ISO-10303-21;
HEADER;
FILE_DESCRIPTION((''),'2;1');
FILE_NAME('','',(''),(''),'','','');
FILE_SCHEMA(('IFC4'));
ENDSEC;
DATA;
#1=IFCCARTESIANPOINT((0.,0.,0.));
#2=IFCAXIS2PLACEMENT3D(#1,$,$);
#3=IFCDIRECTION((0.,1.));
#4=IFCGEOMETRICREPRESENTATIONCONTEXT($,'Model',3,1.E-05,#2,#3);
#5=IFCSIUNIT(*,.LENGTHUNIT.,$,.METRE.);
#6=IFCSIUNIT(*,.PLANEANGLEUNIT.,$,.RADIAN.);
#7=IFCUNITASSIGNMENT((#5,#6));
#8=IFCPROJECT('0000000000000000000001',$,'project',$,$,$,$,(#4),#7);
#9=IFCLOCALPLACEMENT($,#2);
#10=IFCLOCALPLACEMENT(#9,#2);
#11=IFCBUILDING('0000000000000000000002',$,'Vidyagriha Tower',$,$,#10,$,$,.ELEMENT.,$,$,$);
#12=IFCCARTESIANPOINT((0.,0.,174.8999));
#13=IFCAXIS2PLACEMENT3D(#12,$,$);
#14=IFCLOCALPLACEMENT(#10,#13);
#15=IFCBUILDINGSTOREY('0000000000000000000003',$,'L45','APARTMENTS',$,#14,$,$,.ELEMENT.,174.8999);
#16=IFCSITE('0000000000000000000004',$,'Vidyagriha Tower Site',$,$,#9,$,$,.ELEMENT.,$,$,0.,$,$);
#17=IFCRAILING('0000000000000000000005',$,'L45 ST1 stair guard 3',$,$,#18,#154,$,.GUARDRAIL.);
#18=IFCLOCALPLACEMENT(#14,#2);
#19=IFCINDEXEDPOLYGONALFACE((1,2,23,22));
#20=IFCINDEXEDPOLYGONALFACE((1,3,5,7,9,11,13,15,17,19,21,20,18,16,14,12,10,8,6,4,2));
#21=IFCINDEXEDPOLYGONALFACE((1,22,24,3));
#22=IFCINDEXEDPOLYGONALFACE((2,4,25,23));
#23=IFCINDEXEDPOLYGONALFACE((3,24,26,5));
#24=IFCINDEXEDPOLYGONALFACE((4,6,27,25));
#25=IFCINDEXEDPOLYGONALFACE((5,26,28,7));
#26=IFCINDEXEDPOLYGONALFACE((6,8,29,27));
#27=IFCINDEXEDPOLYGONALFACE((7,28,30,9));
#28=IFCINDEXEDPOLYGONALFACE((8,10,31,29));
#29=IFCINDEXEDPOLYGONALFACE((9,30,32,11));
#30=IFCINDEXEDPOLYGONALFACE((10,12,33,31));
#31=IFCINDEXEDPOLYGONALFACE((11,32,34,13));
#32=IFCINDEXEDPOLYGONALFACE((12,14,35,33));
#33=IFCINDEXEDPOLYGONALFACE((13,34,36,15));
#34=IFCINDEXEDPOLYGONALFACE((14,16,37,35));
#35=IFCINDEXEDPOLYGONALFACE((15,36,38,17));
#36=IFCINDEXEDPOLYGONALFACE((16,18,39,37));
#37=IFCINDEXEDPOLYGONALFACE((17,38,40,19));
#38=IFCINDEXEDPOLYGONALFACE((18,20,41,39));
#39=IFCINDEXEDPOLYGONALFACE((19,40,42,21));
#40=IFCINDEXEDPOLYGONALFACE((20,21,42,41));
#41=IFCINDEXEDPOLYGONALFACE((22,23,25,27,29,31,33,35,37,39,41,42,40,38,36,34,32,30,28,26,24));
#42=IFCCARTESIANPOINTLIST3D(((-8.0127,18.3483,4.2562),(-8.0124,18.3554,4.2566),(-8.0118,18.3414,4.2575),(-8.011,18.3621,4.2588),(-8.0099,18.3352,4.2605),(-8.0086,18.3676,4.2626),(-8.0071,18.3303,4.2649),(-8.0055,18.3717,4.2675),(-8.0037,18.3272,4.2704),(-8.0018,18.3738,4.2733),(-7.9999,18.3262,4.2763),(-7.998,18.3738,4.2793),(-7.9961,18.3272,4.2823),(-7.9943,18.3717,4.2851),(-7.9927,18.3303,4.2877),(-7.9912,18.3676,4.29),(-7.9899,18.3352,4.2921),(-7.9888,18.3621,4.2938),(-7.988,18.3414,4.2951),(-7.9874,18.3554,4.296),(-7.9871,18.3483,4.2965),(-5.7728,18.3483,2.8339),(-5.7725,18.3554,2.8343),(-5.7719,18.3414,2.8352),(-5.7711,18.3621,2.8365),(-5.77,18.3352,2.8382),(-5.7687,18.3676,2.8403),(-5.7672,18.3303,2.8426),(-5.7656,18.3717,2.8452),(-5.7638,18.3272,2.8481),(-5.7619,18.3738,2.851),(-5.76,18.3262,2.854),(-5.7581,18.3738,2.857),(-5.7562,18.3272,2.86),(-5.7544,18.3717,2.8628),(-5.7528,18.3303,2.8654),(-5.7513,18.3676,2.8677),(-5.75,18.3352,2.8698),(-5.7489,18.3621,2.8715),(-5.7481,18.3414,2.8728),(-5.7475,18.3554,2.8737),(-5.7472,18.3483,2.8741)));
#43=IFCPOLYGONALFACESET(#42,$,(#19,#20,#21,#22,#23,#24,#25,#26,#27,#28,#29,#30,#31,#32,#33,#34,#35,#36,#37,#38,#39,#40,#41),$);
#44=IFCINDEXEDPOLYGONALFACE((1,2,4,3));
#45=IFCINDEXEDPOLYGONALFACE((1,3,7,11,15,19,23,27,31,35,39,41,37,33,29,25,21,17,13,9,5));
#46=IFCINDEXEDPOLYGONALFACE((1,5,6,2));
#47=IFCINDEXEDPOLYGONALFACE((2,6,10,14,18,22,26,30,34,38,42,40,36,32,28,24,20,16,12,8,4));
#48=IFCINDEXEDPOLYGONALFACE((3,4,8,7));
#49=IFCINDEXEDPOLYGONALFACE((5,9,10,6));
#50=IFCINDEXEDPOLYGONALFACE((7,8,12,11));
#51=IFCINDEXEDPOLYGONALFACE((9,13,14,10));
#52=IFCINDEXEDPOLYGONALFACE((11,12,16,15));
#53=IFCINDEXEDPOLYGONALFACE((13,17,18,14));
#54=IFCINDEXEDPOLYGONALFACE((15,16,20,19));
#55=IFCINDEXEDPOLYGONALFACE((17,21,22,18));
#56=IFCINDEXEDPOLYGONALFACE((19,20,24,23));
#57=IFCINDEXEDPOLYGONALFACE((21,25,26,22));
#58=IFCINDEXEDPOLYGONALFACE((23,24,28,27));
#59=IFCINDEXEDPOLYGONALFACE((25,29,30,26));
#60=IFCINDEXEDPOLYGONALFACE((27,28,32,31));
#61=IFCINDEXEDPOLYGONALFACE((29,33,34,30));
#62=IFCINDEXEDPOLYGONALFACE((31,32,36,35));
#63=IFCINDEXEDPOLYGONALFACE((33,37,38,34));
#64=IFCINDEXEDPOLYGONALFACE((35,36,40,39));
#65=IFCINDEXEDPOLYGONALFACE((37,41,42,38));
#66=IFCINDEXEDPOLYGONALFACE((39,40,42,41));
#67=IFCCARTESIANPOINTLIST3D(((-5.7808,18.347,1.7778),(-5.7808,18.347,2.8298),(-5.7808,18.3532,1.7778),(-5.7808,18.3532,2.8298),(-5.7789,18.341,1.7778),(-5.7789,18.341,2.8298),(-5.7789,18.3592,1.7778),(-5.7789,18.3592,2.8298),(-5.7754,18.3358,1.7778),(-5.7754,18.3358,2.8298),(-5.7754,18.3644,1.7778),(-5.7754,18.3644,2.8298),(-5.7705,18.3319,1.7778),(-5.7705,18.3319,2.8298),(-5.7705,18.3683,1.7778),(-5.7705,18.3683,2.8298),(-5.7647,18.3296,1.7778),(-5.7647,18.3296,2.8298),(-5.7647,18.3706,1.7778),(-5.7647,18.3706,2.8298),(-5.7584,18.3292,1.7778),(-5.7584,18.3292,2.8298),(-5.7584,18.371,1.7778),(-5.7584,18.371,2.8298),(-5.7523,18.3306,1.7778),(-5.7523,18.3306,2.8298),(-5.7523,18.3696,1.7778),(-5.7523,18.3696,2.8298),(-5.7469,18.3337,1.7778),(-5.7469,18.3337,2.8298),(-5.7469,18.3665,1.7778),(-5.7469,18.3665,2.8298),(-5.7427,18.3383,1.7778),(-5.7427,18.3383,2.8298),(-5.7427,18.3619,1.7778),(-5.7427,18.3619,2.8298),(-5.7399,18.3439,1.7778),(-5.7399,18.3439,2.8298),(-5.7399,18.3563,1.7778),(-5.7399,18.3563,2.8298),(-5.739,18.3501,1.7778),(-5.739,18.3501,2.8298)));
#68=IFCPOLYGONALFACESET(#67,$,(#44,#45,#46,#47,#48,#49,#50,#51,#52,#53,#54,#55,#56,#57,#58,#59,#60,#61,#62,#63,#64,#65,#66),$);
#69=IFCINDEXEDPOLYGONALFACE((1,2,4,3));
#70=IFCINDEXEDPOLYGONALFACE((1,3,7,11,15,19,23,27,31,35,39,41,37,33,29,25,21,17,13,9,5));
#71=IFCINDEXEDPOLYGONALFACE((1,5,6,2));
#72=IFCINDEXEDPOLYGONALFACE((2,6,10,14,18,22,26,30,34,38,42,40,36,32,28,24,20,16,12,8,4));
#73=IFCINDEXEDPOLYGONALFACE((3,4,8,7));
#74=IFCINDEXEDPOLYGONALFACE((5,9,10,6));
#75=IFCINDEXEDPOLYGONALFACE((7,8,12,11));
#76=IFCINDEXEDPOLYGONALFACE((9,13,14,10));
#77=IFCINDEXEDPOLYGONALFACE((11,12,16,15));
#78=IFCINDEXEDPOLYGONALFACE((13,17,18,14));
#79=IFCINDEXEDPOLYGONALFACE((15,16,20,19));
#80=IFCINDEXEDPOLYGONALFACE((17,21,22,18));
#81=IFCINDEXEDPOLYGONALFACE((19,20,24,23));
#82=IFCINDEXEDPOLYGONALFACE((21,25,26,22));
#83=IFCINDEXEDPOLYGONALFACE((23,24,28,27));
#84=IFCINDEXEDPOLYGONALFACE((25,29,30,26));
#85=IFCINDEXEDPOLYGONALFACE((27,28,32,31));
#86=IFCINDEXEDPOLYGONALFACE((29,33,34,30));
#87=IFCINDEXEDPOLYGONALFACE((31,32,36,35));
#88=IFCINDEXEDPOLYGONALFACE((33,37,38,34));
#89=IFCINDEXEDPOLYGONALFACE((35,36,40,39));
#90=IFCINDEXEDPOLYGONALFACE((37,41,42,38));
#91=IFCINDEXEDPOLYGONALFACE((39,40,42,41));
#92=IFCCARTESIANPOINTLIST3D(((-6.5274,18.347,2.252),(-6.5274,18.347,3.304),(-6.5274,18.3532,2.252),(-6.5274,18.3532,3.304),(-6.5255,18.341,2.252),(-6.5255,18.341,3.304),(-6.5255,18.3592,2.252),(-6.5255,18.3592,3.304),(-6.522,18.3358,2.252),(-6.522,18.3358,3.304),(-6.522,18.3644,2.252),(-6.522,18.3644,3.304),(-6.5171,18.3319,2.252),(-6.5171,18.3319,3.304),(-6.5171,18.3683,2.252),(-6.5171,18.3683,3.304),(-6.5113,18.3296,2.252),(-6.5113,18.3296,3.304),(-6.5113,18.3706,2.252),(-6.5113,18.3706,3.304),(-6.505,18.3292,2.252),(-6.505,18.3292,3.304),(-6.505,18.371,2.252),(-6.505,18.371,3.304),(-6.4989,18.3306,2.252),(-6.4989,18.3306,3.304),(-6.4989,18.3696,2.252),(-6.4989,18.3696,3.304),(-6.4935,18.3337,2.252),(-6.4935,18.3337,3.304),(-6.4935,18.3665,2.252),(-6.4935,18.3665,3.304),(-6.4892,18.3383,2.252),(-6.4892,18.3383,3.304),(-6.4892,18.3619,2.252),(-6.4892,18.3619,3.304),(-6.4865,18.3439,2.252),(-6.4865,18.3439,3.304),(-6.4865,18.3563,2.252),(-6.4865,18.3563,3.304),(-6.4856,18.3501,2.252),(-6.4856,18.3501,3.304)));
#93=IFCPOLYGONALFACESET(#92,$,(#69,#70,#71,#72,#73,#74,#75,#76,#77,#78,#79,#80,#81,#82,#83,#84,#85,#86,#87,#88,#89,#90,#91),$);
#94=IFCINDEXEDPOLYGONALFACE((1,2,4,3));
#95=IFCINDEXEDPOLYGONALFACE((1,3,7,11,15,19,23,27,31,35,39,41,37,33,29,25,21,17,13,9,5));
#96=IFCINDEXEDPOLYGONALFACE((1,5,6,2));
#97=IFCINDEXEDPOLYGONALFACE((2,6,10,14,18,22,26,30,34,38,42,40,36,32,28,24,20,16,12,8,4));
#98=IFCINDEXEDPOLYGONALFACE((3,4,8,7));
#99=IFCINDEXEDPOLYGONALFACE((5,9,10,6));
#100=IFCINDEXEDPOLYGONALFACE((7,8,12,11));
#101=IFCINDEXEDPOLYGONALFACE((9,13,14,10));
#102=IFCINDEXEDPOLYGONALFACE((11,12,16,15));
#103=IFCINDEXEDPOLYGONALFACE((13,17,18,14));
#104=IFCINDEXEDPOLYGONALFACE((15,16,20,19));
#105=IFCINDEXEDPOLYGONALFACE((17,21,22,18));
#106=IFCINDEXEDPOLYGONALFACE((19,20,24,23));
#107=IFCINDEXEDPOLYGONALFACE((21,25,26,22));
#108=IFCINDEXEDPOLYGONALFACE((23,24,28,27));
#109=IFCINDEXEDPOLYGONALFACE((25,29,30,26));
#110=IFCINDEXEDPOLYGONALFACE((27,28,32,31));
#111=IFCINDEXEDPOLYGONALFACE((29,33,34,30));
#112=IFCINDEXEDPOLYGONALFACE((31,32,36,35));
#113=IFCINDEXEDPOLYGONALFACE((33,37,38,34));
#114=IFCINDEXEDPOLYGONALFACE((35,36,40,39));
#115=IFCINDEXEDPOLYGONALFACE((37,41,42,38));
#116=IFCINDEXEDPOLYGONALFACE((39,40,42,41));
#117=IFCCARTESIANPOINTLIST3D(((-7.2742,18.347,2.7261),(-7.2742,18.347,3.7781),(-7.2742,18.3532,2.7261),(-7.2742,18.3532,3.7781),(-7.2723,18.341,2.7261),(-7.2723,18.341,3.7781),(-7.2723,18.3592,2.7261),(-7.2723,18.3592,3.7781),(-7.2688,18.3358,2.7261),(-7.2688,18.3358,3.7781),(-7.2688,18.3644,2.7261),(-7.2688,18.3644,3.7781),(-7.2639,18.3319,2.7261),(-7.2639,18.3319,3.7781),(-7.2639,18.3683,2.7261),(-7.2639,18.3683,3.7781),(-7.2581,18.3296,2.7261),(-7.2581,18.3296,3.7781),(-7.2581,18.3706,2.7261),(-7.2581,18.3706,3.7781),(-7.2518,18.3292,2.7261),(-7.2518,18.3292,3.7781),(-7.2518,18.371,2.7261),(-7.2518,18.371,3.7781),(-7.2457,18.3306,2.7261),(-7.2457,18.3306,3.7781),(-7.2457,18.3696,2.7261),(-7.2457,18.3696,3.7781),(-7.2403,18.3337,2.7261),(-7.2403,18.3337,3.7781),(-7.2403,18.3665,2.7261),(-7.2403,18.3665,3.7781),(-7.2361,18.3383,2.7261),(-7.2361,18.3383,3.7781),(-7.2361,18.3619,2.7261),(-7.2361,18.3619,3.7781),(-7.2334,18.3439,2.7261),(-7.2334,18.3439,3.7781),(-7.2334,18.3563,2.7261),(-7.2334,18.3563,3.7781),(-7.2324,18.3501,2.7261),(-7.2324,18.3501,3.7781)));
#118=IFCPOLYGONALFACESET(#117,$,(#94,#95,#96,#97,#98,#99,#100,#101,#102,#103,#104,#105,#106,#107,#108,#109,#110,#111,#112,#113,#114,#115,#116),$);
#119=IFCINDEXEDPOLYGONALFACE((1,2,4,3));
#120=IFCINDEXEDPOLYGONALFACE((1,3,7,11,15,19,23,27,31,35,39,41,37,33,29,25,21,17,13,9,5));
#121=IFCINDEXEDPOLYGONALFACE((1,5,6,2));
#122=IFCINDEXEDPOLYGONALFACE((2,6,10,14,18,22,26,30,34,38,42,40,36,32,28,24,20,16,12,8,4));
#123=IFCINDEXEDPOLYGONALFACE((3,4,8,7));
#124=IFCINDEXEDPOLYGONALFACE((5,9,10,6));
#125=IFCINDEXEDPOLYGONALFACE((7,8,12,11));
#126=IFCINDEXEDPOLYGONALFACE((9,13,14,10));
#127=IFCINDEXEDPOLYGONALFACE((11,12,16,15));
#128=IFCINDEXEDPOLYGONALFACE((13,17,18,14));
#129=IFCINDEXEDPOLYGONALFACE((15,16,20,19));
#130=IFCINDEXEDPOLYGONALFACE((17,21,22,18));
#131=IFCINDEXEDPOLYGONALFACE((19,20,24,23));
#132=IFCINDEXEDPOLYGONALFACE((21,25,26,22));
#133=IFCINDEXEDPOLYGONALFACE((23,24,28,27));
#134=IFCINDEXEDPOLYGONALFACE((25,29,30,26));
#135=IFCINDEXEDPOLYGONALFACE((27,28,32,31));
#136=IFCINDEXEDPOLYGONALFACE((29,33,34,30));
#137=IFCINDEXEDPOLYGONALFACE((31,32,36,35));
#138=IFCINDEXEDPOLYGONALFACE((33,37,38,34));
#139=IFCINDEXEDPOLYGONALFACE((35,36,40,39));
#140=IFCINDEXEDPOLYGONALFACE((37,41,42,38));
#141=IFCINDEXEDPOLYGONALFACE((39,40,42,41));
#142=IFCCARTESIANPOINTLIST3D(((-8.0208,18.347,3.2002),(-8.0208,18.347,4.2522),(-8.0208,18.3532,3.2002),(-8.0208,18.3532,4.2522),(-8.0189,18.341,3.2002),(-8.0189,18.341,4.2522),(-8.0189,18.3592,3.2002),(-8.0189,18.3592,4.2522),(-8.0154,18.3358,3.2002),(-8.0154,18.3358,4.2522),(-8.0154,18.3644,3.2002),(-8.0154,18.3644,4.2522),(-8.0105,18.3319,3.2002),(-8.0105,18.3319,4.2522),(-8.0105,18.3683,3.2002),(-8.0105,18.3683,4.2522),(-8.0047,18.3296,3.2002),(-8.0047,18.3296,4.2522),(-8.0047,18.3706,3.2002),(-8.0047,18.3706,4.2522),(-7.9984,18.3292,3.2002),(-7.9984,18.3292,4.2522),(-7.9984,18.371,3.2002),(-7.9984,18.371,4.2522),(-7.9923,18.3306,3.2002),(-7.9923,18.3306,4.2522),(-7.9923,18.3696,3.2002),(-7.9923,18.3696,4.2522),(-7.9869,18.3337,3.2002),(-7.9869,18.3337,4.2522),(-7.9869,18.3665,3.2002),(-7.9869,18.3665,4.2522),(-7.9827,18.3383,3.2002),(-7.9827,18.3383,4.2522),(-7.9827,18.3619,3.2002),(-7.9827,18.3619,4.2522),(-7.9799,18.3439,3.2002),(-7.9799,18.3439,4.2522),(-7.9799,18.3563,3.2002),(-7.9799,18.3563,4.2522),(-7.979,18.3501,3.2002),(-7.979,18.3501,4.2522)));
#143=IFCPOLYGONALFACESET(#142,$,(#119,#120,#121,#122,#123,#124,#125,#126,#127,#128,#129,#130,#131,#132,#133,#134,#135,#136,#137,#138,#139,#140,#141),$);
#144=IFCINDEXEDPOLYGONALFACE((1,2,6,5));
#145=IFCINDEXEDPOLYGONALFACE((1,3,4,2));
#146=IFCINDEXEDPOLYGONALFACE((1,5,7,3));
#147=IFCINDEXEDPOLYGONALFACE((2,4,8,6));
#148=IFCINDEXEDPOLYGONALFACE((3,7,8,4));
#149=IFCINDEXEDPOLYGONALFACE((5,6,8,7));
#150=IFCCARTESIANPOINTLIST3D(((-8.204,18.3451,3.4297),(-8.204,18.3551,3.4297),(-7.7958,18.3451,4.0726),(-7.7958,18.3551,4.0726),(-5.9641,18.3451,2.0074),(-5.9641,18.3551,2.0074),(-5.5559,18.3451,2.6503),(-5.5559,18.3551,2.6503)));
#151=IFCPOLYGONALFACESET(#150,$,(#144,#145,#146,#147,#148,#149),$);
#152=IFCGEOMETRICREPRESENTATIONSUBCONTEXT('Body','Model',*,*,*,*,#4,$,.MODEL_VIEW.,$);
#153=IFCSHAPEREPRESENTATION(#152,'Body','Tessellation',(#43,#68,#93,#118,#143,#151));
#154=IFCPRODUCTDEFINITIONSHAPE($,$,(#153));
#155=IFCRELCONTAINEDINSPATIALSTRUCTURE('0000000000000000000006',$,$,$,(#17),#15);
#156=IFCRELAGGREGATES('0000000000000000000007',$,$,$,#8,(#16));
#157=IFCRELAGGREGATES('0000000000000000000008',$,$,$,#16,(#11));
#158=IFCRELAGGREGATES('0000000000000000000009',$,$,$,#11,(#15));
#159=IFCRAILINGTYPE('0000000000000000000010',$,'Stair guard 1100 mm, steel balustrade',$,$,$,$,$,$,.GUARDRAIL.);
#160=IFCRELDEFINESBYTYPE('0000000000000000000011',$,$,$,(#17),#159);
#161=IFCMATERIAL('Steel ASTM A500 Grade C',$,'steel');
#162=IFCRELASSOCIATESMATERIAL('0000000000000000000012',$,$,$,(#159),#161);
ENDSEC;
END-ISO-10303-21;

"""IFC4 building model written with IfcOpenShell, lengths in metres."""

from ifc_helpers import new_model, si_unit, direction, frame, origin, origin_2d, place, context, subcontext, project, spatial, rectangle, circle, extrude, material, type_object, element, save


model = new_model("IFC4")

# Units and contexts
model_context = context("Model", 3, precision=1e-05, world=origin(), true_north=direction((0.0, 1.0)))
body_context = subcontext(model_context, "Body", "Model", "MODEL_VIEW")
ifc_project = project(units=[si_unit("LENGTHUNIT", "METRE"), si_unit("PLANEANGLEUNIT", "RADIAN")], contexts=[model_context])

# Site, building, storey
site_placement = place(None, origin())
site = spatial("IfcSite", under=ifc_project, at=site_placement, Name="Vidyagriha Tower Site", CompositionType="ELEMENT", RefElevation=0.0)
building_placement = place(site_placement, origin())
building = spatial("IfcBuilding", under=site, at=building_placement, Name="Vidyagriha Tower", CompositionType="ELEMENT")
storey_placement = place(building_placement, frame((0.0, 0.0, 174.8999)))
storey = spatial("IfcBuildingStorey", under=building, at=storey_placement, Name="L45", Description="APARTMENTS", CompositionType="ELEMENT", Elevation=174.8999)

# Railing
ifc_material_1 = material(Name="Steel ASTM A500 Grade C", Category="steel")
railing_type_1 = type_object("IfcRailingType", Name="Stair guard 1100 mm, steel balustrade", PredefinedType="GUARDRAIL", material=ifc_material_1)
railing_1_placement = place(storey_placement, frame((-5.76, 18.3501, 1.7778)))
element("IfcRailing", 1, at=railing_1_placement, inside=storey, type_object=railing_type_1, Name="L45 ST1 stair guard 3", PredefinedType="GUARDRAIL", context=body_context, shape_type="SweptSolid", body=[
    extrude(circle(Radius=0.0239, at=origin_2d()), frame((0.0, 0.0, 1.0762), z_axis=(-0.844188, 0.0, 0.536048), x_axis=(0.0, -1.0, 0.0)), (0.0, 0.0, 1.0), 2.6533),
    extrude(circle(Radius=0.021, at=origin_2d()), origin(), (0.0, 0.0, 1.0), 1.052),
    extrude(circle(Radius=0.021, at=origin_2d()), frame((-0.7466, 0.0, 0.4741)), (0.0, 0.0, 1.0), 1.052),
    extrude(circle(Radius=0.021, at=origin_2d()), frame((-1.4934, 0.0, 0.9482)), (0.0, 0.0, 1.0), 1.052),
    extrude(circle(Radius=0.021, at=origin_2d()), frame((-2.24, 0.0, 1.4224)), (0.0, 0.0, 1.0), 1.052),
    extrude(rectangle(XDim=0.01, YDim=0.7615, at=origin_2d()), frame((0.0, 0.0, 0.551), z_axis=(-0.844188, 0.0, 0.536048), x_axis=(0.0, -1.0, 0.0)), (0.0, 0.0, 1.0), 2.6533),
])

save(model, "model.ifc")
